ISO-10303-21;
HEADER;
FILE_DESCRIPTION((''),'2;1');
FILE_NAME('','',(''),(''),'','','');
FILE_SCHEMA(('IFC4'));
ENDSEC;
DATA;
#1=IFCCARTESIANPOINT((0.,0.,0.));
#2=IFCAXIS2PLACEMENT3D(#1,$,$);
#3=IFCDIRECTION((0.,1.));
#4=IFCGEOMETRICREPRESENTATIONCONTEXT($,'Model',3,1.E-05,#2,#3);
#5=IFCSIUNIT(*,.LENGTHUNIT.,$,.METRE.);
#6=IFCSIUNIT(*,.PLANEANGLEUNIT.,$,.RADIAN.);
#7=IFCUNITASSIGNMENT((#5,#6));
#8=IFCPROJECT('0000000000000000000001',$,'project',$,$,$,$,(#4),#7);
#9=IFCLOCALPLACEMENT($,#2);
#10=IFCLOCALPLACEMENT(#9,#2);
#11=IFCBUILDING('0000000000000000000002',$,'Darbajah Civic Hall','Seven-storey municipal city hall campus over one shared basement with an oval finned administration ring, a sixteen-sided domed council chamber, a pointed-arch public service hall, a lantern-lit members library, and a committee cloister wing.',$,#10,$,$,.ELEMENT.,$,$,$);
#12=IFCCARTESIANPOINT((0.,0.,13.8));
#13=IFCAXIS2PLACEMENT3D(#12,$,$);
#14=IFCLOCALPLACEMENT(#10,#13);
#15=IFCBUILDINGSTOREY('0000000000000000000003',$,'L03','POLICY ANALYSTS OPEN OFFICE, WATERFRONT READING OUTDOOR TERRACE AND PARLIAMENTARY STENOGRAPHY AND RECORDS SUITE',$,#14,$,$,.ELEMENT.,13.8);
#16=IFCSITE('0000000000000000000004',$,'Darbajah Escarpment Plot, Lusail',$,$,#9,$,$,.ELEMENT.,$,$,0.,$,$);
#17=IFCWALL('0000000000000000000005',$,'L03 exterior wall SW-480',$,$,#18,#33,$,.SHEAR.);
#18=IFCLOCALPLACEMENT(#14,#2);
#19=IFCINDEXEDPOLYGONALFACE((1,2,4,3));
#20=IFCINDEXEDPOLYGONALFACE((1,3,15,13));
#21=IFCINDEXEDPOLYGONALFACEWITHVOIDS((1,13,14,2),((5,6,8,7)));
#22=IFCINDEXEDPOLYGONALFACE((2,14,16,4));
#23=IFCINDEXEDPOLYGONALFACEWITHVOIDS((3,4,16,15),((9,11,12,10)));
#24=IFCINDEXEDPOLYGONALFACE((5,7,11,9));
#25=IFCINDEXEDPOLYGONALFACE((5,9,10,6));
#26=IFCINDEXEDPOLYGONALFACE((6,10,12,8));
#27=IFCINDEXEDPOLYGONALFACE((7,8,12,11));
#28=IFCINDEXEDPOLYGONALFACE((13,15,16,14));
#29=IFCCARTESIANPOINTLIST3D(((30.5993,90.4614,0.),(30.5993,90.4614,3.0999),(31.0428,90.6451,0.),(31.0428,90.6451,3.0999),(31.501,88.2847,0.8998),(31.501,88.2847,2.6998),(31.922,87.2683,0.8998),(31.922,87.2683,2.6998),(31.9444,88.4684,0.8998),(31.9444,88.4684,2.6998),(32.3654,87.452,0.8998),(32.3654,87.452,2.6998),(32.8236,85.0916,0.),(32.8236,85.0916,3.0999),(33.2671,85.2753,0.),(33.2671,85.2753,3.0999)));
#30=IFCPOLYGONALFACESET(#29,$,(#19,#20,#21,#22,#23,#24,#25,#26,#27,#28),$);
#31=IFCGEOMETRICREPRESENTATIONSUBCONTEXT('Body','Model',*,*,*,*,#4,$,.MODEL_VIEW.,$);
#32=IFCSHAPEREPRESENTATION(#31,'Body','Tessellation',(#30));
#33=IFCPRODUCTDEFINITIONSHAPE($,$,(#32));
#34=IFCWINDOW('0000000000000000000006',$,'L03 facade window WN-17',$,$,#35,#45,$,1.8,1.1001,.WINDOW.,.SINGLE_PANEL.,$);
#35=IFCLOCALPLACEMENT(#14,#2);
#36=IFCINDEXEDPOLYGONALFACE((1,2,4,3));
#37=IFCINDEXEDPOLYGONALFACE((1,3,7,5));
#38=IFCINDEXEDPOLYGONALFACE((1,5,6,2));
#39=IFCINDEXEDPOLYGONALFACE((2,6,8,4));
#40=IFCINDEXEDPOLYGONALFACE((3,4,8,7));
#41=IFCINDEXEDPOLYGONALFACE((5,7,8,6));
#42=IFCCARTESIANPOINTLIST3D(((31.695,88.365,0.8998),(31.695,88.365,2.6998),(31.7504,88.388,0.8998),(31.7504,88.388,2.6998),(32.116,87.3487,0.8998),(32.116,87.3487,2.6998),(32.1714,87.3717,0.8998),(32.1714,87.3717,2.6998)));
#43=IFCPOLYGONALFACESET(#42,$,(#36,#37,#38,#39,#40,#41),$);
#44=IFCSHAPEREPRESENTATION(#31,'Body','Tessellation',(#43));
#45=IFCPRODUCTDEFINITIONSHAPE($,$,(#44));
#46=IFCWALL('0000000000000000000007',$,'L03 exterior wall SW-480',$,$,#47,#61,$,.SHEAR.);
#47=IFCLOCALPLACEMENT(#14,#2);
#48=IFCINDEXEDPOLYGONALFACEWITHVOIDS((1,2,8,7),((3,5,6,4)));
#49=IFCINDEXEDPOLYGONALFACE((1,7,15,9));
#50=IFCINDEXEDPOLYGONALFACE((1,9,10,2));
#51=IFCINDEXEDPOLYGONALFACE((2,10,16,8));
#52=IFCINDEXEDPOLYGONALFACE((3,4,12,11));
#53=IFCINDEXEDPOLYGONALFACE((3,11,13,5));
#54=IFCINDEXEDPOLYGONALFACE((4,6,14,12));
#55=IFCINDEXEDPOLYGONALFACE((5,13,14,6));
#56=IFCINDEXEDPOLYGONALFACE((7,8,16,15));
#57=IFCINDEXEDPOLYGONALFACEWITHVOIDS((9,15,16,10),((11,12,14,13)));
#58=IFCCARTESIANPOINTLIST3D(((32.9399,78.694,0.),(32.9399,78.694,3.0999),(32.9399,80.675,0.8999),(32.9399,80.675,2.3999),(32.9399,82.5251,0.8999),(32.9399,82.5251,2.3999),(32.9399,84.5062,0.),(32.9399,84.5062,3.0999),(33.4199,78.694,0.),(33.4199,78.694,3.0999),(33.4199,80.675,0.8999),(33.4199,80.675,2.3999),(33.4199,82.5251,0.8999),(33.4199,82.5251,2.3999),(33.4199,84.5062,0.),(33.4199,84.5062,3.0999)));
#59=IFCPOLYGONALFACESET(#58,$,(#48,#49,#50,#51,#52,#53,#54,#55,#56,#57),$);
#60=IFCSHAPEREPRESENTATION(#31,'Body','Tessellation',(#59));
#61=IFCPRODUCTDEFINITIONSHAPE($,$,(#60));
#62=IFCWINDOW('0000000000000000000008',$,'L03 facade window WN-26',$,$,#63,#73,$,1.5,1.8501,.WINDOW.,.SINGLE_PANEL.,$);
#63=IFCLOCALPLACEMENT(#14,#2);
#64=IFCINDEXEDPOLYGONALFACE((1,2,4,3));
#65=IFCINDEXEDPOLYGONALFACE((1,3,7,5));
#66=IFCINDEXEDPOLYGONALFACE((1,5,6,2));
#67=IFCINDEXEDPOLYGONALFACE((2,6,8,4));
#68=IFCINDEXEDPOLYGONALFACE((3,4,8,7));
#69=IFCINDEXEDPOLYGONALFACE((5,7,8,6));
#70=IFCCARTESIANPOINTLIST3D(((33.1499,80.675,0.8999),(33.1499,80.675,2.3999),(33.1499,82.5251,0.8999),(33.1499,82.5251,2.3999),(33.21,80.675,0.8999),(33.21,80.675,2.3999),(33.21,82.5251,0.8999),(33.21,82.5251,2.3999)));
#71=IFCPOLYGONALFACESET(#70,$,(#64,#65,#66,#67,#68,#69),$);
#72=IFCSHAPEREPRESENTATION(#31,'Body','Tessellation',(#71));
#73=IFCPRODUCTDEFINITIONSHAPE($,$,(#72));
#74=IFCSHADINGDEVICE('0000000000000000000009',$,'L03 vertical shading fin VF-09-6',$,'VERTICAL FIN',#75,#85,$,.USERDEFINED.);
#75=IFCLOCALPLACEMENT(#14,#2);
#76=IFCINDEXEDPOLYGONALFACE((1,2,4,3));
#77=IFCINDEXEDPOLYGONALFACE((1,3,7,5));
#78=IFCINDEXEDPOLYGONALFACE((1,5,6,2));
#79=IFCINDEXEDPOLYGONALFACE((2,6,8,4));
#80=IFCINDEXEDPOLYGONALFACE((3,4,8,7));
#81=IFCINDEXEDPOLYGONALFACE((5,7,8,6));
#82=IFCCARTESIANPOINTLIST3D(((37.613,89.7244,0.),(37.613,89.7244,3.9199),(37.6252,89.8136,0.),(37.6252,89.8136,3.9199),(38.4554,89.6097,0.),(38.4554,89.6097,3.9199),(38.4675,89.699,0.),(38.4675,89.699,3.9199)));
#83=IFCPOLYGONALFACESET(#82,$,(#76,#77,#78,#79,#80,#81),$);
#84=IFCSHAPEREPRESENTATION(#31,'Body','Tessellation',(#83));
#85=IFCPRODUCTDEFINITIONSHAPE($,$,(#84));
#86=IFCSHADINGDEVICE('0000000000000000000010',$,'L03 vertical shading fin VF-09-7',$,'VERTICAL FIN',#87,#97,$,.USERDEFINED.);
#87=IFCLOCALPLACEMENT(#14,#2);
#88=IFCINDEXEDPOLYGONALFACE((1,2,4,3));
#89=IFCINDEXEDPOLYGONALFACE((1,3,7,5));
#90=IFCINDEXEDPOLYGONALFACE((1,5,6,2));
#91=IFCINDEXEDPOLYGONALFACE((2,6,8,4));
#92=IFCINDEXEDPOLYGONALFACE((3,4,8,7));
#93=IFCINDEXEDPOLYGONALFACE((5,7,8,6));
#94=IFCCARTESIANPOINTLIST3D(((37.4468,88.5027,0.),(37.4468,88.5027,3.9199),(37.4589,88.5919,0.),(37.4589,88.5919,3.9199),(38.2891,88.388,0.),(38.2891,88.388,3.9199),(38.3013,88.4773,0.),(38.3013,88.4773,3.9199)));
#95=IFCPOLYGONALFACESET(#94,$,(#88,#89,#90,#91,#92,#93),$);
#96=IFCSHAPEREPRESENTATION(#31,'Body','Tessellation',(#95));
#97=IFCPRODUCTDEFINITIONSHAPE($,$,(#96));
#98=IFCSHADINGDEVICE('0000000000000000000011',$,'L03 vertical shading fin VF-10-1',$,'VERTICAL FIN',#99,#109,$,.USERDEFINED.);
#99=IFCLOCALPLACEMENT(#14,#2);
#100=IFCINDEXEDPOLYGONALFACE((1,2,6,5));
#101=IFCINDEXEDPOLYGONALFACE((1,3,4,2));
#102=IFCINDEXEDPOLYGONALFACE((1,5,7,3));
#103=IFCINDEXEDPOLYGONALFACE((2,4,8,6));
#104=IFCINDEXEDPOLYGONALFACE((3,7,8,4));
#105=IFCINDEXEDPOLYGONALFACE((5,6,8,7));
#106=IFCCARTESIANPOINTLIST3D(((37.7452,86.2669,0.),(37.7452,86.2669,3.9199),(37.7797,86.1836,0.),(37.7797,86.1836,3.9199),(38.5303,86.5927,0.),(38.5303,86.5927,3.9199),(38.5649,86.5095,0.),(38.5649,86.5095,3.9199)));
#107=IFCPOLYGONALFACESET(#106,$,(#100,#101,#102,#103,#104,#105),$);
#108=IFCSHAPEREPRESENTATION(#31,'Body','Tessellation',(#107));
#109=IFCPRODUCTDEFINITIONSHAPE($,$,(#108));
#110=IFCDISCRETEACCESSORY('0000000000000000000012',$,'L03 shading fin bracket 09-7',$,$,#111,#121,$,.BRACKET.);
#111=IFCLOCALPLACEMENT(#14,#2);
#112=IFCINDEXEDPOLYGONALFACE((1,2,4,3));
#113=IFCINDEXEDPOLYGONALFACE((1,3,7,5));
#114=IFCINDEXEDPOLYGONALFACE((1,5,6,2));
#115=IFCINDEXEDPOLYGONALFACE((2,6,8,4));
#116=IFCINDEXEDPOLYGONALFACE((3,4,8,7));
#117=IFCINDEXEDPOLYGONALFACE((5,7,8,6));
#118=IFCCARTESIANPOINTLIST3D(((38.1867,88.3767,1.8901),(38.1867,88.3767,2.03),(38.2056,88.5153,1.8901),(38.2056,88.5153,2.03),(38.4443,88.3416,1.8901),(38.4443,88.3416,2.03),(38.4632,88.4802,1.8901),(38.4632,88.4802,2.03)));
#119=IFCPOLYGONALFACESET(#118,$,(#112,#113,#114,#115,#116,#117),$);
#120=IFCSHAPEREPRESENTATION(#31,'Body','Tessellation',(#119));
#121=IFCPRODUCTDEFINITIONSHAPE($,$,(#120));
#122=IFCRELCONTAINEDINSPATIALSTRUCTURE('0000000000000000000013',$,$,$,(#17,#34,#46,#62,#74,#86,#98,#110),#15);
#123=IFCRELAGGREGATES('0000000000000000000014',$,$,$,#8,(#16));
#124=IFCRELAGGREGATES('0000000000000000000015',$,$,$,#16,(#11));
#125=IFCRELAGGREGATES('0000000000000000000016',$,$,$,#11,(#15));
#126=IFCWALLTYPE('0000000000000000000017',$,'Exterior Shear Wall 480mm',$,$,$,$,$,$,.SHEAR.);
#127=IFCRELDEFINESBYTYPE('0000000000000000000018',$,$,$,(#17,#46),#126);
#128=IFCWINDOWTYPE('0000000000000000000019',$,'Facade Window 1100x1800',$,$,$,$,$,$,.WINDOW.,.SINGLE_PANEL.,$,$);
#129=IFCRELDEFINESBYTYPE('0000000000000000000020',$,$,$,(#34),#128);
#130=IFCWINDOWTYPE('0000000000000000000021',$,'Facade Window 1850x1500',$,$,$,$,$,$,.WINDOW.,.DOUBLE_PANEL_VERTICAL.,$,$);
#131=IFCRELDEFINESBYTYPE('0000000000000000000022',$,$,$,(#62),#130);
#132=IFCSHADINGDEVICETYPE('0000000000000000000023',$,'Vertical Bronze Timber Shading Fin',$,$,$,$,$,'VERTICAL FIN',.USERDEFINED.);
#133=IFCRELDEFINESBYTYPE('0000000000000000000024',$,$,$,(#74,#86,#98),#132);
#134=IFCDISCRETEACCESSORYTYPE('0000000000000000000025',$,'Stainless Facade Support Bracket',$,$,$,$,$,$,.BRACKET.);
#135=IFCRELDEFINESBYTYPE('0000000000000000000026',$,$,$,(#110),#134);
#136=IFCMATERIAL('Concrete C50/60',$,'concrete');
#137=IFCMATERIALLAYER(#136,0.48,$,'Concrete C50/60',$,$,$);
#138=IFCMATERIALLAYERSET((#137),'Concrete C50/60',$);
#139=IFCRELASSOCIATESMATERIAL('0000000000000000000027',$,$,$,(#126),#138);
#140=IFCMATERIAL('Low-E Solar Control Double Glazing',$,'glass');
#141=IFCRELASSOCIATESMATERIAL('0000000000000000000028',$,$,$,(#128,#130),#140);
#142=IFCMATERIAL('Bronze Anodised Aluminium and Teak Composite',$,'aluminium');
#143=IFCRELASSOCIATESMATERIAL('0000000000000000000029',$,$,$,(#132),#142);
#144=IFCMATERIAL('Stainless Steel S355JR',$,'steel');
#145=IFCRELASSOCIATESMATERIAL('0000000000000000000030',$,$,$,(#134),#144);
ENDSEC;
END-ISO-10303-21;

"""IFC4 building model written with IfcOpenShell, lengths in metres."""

from ifc_helpers import new_model, si_unit, direction, frame, frame_2d, origin, origin_2d, place, context, subcontext, project, spatial, rectangle, extrude, material, layer, layer_set, type_object, element, fill, save


model = new_model("IFC4")

# Units and contexts
model_context = context("Model", 3, precision=1e-05, world=origin(), true_north=direction((0.0, 1.0)))
body_context = subcontext(model_context, "Body", "Model", "MODEL_VIEW")
ifc_project = project(units=[si_unit("LENGTHUNIT", "METRE"), si_unit("PLANEANGLEUNIT", "RADIAN")], contexts=[model_context])

# Site, building, storey
site_placement = place(None, origin())
site = spatial("IfcSite", under=ifc_project, at=site_placement, Name="Darbajah Escarpment Plot, Lusail", CompositionType="ELEMENT", RefElevation=0.0)
building_placement = place(site_placement, origin())
building = spatial("IfcBuilding", under=site, at=building_placement, Name="Darbajah Civic Hall", Description="Seven-storey municipal city hall campus over one shared basement with an oval finned administration ring, a sixteen-sided domed council chamber, a pointed-arch public service hall, a lantern-lit members library, and a committee cloister wing.", CompositionType="ELEMENT")
storey_placement = place(building_placement, frame((0.0, 0.0, 13.8)))
storey = spatial("IfcBuildingStorey", under=building, at=storey_placement, Name="L03", Description="POLICY ANALYSTS OPEN OFFICE, WATERFRONT READING OUTDOOR TERRACE AND PARLIAMENTARY STENOGRAPHY AND RECORDS SUITE", CompositionType="ELEMENT", Elevation=13.8)

# Shared definitions
ifc_material_1 = material(Name="Concrete C50/60", Category="concrete")

# Walls, openings, windows
ifc_layer = layer(ifc_material_1, 0.48, Name="Concrete C50/60")
ifc_layer_set = layer_set([ifc_layer], Name="Concrete C50/60")
wall_type = type_object("IfcWallType", Name="Exterior Shear Wall 480mm", PredefinedType="SHEAR", material=ifc_layer_set)
wall_1_placement = place(storey_placement, frame((33.0454, 85.1833, 0.0), z_axis=(0.0, 0.0, 1.0), x_axis=(-0.382697, 0.923874, 0.0)))
wall_1 = element("IfcWall", 1, at=wall_1_placement, inside=storey, type_object=wall_type, Name="L03 exterior wall SW-480", PredefinedType="SHEAR", context=body_context, shape_type="SweptSolid", body=[
    extrude(rectangle(XDim=5.8123, YDim=0.48, at=frame_2d((2.9062, 0.0))), origin(), (0.0, 0.0, 1.0), 3.0999),
])
opening_1_placement = place(wall_1_placement, frame((2.3562, 0.0, 0.8999)))
opening_1 = element("IfcOpeningElement", 2, at=opening_1_placement, cuts=wall_1, PredefinedType="OPENING", context=body_context, shape_type="SweptSolid", body=[
    extrude(rectangle(XDim=1.1001, YDim=1.8, at=frame_2d((0.55, 0.8999))), frame((0.0, 0.25, 0.0), z_axis=(0.0, -1.0, 0.0), x_axis=(1.0, 0.0, 0.0)), (0.0, 0.0, 1.0), 0.5),
])
ifc_material_2 = material(Name="Low-E Solar Control Double Glazing", Category="glass")
window_type_1 = type_object("IfcWindowType", Name="Facade Window 1100x1800", PartitioningType="SINGLE_PANEL", PredefinedType="WINDOW", material=ifc_material_2)
window_1_placement = place(opening_1_placement, origin())
window_1 = element("IfcWindow", 3, at=window_1_placement, inside=storey, type_object=window_type_1, Name="L03 facade window WN-17", OverallHeight=1.8, OverallWidth=1.1001, PartitioningType="SINGLE_PANEL", PredefinedType="WINDOW", context=body_context, shape_type="SweptSolid", body=[
    extrude(rectangle(XDim=1.1001, YDim=1.8, at=frame_2d((0.55, 0.8999))), frame((0.0, 0.03, 0.0), z_axis=(0.0, -1.0, 0.0), x_axis=(1.0, 0.0, 0.0)), (0.0, 0.0, 1.0), 0.0601),
])
fill(opening_1, window_1)
wall_2_placement = place(storey_placement, frame((33.1799, 78.6938, 0.0), z_axis=(0.0, 0.0, 1.0), x_axis=(0.0, 1.0, 0.0)))
wall_2 = element("IfcWall", 4, at=wall_2_placement, inside=storey, type_object=wall_type, Name="L03 exterior wall SW-480", PredefinedType="SHEAR", context=body_context, shape_type="SweptSolid", body=[
    extrude(rectangle(XDim=5.8123, YDim=0.48, at=frame_2d((2.9062, 0.0))), origin(), (0.0, 0.0, 1.0), 3.0999),
])
opening_2_placement = place(wall_2_placement, frame((1.9812, 0.0, 0.8999)))
opening_2 = element("IfcOpeningElement", 5, at=opening_2_placement, cuts=wall_2, PredefinedType="OPENING", context=body_context, shape_type="SweptSolid", body=[
    extrude(rectangle(XDim=1.8501, YDim=1.5, at=frame_2d((0.925, 0.75))), frame((0.0, 0.25, 0.0), z_axis=(0.0, -1.0, 0.0), x_axis=(1.0, 0.0, 0.0)), (0.0, 0.0, 1.0), 0.5),
])
window_type_2 = type_object("IfcWindowType", Name="Facade Window 1850x1500", PartitioningType="DOUBLE_PANEL_VERTICAL", PredefinedType="WINDOW", material=ifc_material_2)
window_2_placement = place(opening_2_placement, origin())
window_2 = element("IfcWindow", 6, at=window_2_placement, inside=storey, type_object=window_type_2, Name="L03 facade window WN-26", OverallHeight=1.5, OverallWidth=1.8501, PartitioningType="SINGLE_PANEL", PredefinedType="WINDOW", context=body_context, shape_type="SweptSolid", body=[
    extrude(rectangle(XDim=1.8501, YDim=1.5, at=frame_2d((0.925, 0.75))), frame((0.0, 0.03, 0.0), z_axis=(0.0, -1.0, 0.0), x_axis=(1.0, 0.0, 0.0)), (0.0, 0.0, 1.0), 0.0601),
])
fill(opening_2, window_2)

# Shading devices
ifc_material_3 = material(Name="Bronze Anodised Aluminium and Teak Composite", Category="aluminium")
shading_device_type = type_object("IfcShadingDeviceType", Name="Vertical Bronze Timber Shading Fin", ElementType="VERTICAL FIN", PredefinedType="USERDEFINED", material=ifc_material_3)
for number, where, z_axis, x_axis, name in (
    (7, (38.0403, 89.7117, 0.0), (0.0, 0.0, 1.0), (-0.990866, 0.134851, 0.0), "L03 vertical shading fin VF-09-6"),
    (8, (37.874, 88.49, 0.0), (0.0, 0.0, 1.0), (-0.990866, 0.134851, 0.0), "L03 vertical shading fin VF-09-7"),
    (9, (38.155, 86.3882, 0.0), (0.0, 0.0, 1.0), (-0.923612, -0.383328, 0.0), "L03 vertical shading fin VF-10-1"),
):
    element("IfcShadingDevice", number, at=place(storey_placement, frame(where, z_axis=z_axis, x_axis=x_axis)), inside=storey, type_object=shading_device_type, Name=name, ObjectType="VERTICAL FIN", PredefinedType="USERDEFINED", context=body_context, shape_type="SweptSolid", body=[
        extrude(rectangle(XDim=0.8501, YDim=0.0901, at=origin_2d()), origin(), (0.0, 0.0, 1.0), 3.9199),
    ])

# Discrete accessory
ifc_material_4 = material(Name="Stainless Steel S355JR", Category="steel")
discrete_accessory_type = type_object("IfcDiscreteAccessoryType", Name="Stainless Facade Support Bracket", PredefinedType="BRACKET", material=ifc_material_4)
discrete_accessory_placement = place(storey_placement, frame((38.325, 88.4285, 1.8901), z_axis=(0.0, 0.0, 1.0), x_axis=(-0.990866, 0.134851, 0.0)))
element("IfcDiscreteAccessory", 10, at=discrete_accessory_placement, inside=storey, type_object=discrete_accessory_type, Name="L03 shading fin bracket 09-7", PredefinedType="BRACKET", context=body_context, shape_type="SweptSolid", body=[
    extrude(rectangle(XDim=0.26, YDim=0.1399, at=origin_2d()), origin(), (0.0, 0.0, 1.0), 0.1399),
])

save(model, "model.ifc")
